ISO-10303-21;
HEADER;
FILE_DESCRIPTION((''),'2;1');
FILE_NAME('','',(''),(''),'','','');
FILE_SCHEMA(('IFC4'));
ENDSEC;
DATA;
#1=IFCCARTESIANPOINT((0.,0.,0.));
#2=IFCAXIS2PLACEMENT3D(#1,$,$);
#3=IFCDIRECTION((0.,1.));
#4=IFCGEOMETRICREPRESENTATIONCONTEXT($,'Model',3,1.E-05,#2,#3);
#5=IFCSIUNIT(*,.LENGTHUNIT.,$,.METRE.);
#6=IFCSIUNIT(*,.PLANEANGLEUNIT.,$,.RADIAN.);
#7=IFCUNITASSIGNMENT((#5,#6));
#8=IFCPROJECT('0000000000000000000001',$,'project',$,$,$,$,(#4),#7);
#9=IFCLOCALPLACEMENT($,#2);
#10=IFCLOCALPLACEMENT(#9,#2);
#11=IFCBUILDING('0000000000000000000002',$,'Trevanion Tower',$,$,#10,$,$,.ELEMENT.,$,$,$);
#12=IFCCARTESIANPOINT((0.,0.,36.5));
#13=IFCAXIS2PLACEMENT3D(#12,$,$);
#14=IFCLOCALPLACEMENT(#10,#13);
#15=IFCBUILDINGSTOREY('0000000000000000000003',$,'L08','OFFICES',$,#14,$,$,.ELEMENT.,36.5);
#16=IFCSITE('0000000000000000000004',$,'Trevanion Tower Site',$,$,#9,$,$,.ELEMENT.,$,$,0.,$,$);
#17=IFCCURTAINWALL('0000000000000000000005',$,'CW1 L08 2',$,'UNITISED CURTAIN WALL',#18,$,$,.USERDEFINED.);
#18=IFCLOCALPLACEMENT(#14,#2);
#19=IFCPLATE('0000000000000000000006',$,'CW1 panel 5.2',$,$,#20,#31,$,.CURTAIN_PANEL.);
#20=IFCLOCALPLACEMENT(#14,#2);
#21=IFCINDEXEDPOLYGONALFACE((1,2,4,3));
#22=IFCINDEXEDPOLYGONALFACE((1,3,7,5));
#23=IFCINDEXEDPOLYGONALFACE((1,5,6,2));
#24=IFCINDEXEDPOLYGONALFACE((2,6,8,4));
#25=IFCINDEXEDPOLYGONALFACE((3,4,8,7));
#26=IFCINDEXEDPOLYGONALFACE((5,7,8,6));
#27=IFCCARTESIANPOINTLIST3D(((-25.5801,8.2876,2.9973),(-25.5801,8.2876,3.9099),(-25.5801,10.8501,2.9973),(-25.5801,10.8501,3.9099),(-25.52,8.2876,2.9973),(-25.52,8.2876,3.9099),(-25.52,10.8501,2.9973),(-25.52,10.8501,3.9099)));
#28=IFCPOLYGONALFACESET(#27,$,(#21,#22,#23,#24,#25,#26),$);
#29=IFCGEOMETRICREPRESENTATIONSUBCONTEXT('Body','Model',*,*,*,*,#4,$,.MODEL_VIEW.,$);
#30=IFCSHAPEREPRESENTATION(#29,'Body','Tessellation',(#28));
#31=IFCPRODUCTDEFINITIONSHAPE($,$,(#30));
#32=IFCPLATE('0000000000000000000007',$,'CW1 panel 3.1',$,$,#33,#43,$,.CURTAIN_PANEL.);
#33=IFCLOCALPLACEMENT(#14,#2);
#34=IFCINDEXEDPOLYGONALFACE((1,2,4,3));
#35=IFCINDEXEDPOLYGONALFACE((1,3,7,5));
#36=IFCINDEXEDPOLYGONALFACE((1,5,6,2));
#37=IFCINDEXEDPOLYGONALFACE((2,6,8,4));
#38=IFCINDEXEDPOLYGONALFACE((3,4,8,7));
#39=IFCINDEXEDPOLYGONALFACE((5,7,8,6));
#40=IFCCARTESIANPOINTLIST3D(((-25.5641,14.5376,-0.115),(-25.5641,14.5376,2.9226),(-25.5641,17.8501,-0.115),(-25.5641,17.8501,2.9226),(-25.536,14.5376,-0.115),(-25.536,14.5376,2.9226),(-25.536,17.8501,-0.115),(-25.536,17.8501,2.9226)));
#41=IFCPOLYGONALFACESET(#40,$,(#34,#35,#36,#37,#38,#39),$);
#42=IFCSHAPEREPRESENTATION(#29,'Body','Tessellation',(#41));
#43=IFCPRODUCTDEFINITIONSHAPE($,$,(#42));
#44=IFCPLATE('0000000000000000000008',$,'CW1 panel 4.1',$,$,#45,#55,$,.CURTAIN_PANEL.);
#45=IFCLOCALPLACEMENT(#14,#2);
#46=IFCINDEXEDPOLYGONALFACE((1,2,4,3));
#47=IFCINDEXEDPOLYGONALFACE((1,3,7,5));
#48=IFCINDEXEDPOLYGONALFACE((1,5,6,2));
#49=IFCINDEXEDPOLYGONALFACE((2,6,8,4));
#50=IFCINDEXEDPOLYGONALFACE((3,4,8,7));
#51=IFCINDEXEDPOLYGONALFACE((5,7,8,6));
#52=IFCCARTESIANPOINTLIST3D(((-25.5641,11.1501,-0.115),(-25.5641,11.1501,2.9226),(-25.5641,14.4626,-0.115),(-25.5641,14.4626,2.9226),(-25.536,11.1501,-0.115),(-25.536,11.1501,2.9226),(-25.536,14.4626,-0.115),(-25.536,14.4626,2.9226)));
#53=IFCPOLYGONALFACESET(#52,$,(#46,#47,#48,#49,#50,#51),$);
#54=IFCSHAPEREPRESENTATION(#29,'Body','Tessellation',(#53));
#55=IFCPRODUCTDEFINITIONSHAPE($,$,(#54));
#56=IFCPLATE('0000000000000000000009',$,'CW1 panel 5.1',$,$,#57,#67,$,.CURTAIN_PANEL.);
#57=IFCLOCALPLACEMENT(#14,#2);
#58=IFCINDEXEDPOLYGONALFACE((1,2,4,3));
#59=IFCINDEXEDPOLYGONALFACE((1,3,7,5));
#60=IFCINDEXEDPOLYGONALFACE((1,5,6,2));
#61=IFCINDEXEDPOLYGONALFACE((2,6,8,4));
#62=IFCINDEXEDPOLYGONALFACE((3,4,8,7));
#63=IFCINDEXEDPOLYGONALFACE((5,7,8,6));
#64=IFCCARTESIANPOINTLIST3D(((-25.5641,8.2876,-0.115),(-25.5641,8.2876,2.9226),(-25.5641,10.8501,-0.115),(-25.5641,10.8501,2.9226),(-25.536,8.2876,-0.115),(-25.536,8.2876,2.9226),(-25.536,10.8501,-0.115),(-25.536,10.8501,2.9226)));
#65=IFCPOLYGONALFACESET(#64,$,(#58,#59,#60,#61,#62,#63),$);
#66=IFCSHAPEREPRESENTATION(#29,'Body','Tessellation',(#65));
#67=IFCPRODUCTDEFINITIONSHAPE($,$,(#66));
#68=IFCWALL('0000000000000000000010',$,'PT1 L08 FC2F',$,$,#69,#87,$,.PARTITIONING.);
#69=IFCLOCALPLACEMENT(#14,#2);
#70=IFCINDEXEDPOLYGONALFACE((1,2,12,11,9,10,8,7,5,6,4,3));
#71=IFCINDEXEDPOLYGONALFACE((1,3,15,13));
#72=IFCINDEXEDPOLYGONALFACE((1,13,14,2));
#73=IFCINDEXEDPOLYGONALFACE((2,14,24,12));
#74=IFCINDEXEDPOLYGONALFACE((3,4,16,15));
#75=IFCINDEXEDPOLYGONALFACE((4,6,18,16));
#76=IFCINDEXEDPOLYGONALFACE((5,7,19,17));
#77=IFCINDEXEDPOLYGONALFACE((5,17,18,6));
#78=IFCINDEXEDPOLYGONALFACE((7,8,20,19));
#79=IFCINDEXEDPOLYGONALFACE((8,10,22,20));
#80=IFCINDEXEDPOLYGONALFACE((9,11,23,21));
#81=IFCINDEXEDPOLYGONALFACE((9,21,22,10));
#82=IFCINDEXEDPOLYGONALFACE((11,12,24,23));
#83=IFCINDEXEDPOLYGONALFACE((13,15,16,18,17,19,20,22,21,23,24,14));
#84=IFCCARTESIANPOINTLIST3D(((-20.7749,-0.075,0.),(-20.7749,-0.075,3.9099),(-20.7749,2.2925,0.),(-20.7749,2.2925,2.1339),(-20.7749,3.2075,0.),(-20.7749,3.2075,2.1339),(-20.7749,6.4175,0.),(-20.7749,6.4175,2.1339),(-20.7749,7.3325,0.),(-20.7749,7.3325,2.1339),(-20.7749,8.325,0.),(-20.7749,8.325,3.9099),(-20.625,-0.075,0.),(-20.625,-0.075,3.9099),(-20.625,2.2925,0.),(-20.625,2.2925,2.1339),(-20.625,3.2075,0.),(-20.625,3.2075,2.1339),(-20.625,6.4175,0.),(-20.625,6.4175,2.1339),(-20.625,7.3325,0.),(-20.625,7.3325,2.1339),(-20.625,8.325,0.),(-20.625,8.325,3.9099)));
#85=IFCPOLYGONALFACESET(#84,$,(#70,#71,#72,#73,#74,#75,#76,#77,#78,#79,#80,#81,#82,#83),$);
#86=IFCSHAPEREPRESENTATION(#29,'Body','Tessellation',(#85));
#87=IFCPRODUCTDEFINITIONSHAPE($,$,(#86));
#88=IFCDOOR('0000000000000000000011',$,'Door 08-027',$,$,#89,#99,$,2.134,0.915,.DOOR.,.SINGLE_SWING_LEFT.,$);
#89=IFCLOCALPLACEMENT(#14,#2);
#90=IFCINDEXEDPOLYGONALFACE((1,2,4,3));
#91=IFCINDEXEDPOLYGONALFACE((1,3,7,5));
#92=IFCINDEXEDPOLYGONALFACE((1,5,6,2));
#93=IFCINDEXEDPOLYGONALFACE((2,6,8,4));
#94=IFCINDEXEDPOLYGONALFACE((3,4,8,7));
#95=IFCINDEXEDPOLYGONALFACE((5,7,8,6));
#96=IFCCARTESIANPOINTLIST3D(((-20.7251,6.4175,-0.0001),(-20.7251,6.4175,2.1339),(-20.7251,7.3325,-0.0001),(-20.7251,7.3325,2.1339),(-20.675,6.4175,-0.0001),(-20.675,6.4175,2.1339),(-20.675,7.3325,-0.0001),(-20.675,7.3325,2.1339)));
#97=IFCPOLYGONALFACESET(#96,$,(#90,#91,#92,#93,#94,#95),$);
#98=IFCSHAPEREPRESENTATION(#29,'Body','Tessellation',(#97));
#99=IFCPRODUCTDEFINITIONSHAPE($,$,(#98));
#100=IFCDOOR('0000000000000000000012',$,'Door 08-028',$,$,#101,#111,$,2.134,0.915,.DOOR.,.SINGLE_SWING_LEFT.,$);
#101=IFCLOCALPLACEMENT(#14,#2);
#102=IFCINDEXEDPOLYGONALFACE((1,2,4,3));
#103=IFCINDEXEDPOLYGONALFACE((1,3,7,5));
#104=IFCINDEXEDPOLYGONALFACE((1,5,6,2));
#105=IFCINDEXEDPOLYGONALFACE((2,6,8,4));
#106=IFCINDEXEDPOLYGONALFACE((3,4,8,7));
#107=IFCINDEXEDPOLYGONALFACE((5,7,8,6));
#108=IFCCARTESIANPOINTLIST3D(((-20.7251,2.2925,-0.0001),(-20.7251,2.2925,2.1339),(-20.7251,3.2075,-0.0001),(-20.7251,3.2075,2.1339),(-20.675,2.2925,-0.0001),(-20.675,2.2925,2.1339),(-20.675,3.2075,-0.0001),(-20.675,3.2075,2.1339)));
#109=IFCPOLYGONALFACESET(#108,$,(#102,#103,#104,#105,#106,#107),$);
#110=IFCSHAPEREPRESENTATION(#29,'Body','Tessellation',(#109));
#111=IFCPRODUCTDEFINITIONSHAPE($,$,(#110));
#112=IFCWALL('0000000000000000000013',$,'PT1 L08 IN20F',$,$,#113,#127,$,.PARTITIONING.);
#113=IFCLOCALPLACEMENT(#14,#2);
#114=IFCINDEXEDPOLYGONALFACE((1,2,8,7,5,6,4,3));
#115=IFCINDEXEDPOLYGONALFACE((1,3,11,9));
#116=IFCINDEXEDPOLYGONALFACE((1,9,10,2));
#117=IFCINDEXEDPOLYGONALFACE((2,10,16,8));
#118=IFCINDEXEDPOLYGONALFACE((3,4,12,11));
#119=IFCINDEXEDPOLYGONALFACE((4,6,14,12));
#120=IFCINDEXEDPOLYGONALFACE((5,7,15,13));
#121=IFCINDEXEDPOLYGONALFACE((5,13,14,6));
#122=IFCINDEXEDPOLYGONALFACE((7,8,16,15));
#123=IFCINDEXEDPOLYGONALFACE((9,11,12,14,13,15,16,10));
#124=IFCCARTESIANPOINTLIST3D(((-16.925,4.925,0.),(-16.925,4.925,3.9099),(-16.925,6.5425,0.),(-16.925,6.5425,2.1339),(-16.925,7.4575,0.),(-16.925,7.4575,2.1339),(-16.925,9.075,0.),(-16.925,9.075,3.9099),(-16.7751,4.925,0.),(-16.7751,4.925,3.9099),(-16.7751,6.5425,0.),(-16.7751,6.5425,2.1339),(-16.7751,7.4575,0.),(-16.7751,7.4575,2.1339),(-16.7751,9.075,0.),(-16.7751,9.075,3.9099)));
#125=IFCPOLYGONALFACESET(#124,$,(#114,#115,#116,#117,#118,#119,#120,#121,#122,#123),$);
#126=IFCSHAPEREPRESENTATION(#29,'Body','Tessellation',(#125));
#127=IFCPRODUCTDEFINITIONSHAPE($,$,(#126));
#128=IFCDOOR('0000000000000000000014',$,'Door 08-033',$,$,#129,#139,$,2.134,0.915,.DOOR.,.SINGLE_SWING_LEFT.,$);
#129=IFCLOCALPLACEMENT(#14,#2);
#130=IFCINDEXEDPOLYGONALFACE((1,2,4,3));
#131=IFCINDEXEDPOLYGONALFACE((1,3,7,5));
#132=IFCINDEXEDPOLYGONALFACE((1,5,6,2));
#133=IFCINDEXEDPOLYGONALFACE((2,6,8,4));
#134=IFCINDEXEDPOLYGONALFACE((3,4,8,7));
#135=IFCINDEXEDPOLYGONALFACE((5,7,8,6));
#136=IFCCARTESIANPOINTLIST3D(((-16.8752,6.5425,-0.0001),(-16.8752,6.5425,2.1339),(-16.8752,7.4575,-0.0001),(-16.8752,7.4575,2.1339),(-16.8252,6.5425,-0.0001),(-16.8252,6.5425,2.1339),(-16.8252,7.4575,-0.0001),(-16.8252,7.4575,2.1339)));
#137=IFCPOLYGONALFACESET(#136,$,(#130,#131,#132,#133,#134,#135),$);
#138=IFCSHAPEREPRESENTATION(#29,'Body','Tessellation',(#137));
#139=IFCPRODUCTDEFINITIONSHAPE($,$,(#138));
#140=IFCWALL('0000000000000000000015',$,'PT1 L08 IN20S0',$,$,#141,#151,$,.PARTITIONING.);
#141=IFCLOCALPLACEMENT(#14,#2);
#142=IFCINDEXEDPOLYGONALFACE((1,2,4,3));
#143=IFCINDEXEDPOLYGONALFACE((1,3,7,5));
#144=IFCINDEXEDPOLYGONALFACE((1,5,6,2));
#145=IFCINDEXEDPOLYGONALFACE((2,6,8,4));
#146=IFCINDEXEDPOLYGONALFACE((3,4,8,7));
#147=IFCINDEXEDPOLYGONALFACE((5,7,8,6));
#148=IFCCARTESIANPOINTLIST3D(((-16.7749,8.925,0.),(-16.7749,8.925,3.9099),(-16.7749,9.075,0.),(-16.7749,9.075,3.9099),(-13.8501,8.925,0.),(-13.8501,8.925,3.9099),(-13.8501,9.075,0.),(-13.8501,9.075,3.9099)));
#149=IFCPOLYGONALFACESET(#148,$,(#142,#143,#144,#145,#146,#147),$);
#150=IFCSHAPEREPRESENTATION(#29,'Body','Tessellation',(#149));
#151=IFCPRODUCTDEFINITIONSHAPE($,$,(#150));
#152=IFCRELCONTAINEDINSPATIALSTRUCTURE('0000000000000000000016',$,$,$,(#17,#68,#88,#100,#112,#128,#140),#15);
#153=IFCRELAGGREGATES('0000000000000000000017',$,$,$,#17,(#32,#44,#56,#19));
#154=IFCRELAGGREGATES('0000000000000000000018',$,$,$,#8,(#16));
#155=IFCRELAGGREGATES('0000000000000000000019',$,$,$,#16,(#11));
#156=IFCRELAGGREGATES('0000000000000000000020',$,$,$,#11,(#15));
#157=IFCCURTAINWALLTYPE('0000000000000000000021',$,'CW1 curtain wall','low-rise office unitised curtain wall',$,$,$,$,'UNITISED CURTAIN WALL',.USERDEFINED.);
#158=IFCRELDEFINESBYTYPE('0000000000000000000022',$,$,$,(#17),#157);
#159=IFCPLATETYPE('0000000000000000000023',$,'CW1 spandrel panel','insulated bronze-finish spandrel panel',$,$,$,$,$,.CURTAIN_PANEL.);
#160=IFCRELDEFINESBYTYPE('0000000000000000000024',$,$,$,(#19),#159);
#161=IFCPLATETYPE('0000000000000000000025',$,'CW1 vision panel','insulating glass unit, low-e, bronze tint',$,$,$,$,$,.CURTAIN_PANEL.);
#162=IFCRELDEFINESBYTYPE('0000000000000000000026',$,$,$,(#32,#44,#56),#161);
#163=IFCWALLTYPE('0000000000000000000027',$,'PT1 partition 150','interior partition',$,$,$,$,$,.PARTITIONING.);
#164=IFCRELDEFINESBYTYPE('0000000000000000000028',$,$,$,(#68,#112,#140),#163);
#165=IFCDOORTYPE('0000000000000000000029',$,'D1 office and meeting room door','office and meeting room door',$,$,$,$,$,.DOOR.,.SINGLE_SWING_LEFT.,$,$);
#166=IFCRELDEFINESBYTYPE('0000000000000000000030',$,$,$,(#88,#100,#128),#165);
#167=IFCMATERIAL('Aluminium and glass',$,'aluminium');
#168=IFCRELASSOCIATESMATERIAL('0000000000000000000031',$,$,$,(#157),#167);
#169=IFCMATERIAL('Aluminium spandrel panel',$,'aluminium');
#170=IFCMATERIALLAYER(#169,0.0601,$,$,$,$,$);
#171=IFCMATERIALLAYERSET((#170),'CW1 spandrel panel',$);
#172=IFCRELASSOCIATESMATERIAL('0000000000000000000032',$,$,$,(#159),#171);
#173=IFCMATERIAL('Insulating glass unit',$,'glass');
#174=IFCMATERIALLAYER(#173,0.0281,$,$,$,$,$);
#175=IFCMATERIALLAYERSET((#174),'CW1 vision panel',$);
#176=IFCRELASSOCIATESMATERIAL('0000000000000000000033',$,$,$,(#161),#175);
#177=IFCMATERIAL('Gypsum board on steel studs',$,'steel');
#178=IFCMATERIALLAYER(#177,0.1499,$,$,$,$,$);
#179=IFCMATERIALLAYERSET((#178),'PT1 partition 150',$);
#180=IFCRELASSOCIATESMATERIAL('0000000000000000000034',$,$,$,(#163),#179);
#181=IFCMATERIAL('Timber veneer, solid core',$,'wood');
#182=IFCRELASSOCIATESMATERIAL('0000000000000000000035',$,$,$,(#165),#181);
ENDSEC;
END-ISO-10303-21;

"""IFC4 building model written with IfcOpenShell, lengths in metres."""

from ifc_helpers import new_model, si_unit, direction, frame, frame_2d, origin, origin_2d, place, context, subcontext, project, spatial, rectangle, extrude, material, layer, layer_set, type_object, element, fill, aggregate, save


model = new_model("IFC4")

# Units and contexts
model_context = context("Model", 3, precision=1e-05, world=origin(), true_north=direction((0.0, 1.0)))
body_context = subcontext(model_context, "Body", "Model", "MODEL_VIEW")
ifc_project = project(units=[si_unit("LENGTHUNIT", "METRE"), si_unit("PLANEANGLEUNIT", "RADIAN")], contexts=[model_context])

# Site, building, storey
site_placement = place(None, origin())
site = spatial("IfcSite", under=ifc_project, at=site_placement, Name="Trevanion Tower Site", CompositionType="ELEMENT", RefElevation=0.0)
building_placement = place(site_placement, origin())
building = spatial("IfcBuilding", under=site, at=building_placement, Name="Trevanion Tower", CompositionType="ELEMENT")
storey_placement = place(building_placement, frame((0.0, 0.0, 36.5)))
storey = spatial("IfcBuildingStorey", under=building, at=storey_placement, Name="L08", Description="OFFICES", CompositionType="ELEMENT", Elevation=36.5)

# Curtain wall
ifc_material_1 = material(Name="Aluminium and glass", Category="aluminium")
curtain_wall_type = type_object("IfcCurtainWallType", Name="CW1 curtain wall", Description="low-rise office unitised curtain wall", ElementType="UNITISED CURTAIN WALL", PredefinedType="USERDEFINED", material=ifc_material_1)
curtain_wall_placement = place(storey_placement, origin())
curtain_wall = element("IfcCurtainWall", 1, at=curtain_wall_placement, inside=storey, type_object=curtain_wall_type, Name="CW1 L08 2", ObjectType="UNITISED CURTAIN WALL", PredefinedType="USERDEFINED")

# Plates
ifc_material_2 = material(Name="Aluminium spandrel panel", Category="aluminium")
ifc_layer_1 = layer(ifc_material_2, 0.0601)
ifc_layer_set_1 = layer_set([ifc_layer_1], Name="CW1 spandrel panel")
plate_type_1 = type_object("IfcPlateType", Name="CW1 spandrel panel", Description="insulated bronze-finish spandrel panel", PredefinedType="CURTAIN_PANEL", material=ifc_layer_set_1)
plate_1_placement = place(storey_placement, frame((-25.55, 9.5688, 2.9973), z_axis=(0.0, 0.0, 1.0), x_axis=(0.0, -1.0, 0.0)))
plate_1 = element("IfcPlate", 2, at=plate_1_placement, type_object=plate_type_1, Name="CW1 panel 5.2", PredefinedType="CURTAIN_PANEL", context=body_context, shape_type="SweptSolid", body=[
    extrude(rectangle(XDim=2.5625, YDim=0.0601, at=origin_2d()), origin(), (0.0, 0.0, 1.0), 0.9126),
])
ifc_material_3 = material(Name="Insulating glass unit", Category="glass")
ifc_layer_2 = layer(ifc_material_3, 0.0281)
ifc_layer_set_2 = layer_set([ifc_layer_2], Name="CW1 vision panel")
plate_type_2 = type_object("IfcPlateType", Name="CW1 vision panel", Description="insulating glass unit, low-e, bronze tint", PredefinedType="CURTAIN_PANEL", material=ifc_layer_set_2)
plate_2_placement = place(storey_placement, frame((-25.55, 16.1938, -0.115), z_axis=(0.0, 0.0, 1.0), x_axis=(0.0, -1.0, 0.0)))
plate_2 = element("IfcPlate", 3, at=plate_2_placement, type_object=plate_type_2, Name="CW1 panel 3.1", PredefinedType="CURTAIN_PANEL", context=body_context, shape_type="SweptSolid", body=[
    extrude(rectangle(XDim=3.3125, YDim=0.0281, at=origin_2d()), origin(), (0.0, 0.0, 1.0), 3.0376),
])
plate_3_placement = place(storey_placement, frame((-25.55, 12.8064, -0.115), z_axis=(0.0, 0.0, 1.0), x_axis=(0.0, -1.0, 0.0)))
plate_3 = element("IfcPlate", 4, at=plate_3_placement, type_object=plate_type_2, Name="CW1 panel 4.1", PredefinedType="CURTAIN_PANEL", context=body_context, shape_type="SweptSolid", body=[
    extrude(rectangle(XDim=3.3125, YDim=0.0281, at=origin_2d()), origin(), (0.0, 0.0, 1.0), 3.0376),
])
plate_4_placement = place(storey_placement, frame((-25.55, 9.5688, -0.115), z_axis=(0.0, 0.0, 1.0), x_axis=(0.0, -1.0, 0.0)))
plate_4 = element("IfcPlate", 5, at=plate_4_placement, type_object=plate_type_2, Name="CW1 panel 5.1", PredefinedType="CURTAIN_PANEL", context=body_context, shape_type="SweptSolid", body=[
    extrude(rectangle(XDim=2.5625, YDim=0.0281, at=origin_2d()), origin(), (0.0, 0.0, 1.0), 3.0376),
])
aggregate(curtain_wall, [plate_2, plate_3, plate_4, plate_1])

# Wall, openings, doors
ifc_material_4 = material(Name="Gypsum board on steel studs", Category="steel")
ifc_layer_3 = layer(ifc_material_4, 0.1499)
ifc_layer_set_3 = layer_set([ifc_layer_3], Name="PT1 partition 150")
wall_type = type_object("IfcWallType", Name="PT1 partition 150", Description="interior partition", PredefinedType="PARTITIONING", material=ifc_layer_set_3)
wall_1_placement = place(storey_placement, frame((-20.7, 8.325, 0.0), z_axis=(0.0, 0.0, 1.0), x_axis=(0.0, -1.0, 0.0)))
wall_1 = element("IfcWall", 6, at=wall_1_placement, inside=storey, type_object=wall_type, Name="PT1 L08 FC2F", PredefinedType="PARTITIONING", context=body_context, shape_type="SweptSolid", body=[
    extrude(rectangle(XDim=8.3999, YDim=0.1499, at=frame_2d((4.2, 0.0))), origin(), (0.0, 0.0, 1.0), 3.9099),
])
opening_1_placement = place(wall_1_placement, frame((0.9924, 0.0, 0.0)))
opening_1 = element("IfcOpeningElement", 7, at=opening_1_placement, cuts=wall_1, PredefinedType="OPENING", context=body_context, shape_type="SweptSolid", body=[
    extrude(rectangle(XDim=0.915, YDim=2.134, at=frame_2d((0.4575, 1.0669))), frame((0.0, 0.085, 0.0), z_axis=(0.0, -1.0, 0.0), x_axis=(1.0, 0.0, 0.0)), (0.0, 0.0, 1.0), 0.1699),
])
opening_2_placement = place(wall_1_placement, frame((5.1174, 0.0, 0.0)))
opening_2 = element("IfcOpeningElement", 8, at=opening_2_placement, cuts=wall_1, PredefinedType="OPENING", context=body_context, shape_type="SweptSolid", body=[
    extrude(rectangle(XDim=0.915, YDim=2.134, at=frame_2d((0.4575, 1.0669))), frame((0.0, 0.085, 0.0), z_axis=(0.0, -1.0, 0.0), x_axis=(1.0, 0.0, 0.0)), (0.0, 0.0, 1.0), 0.1699),
])
ifc_material_5 = material(Name="Timber veneer, solid core", Category="wood")
door_type = type_object("IfcDoorType", Name="D1 office and meeting room door", Description="office and meeting room door", OperationType="SINGLE_SWING_LEFT", PredefinedType="DOOR", material=ifc_material_5)
door_1_placement = place(opening_1_placement, origin())
door_1 = element("IfcDoor", 9, at=door_1_placement, inside=storey, type_object=door_type, Name="Door 08-027", OperationType="SINGLE_SWING_LEFT", OverallHeight=2.134, OverallWidth=0.915, PredefinedType="DOOR", context=body_context, shape_type="SweptSolid", body=[
    extrude(rectangle(XDim=0.915, YDim=2.134, at=frame_2d((0.4575, 1.0669))), frame((0.0, 0.0249, 0.0), z_axis=(0.0, -1.0, 0.0), x_axis=(1.0, 0.0, 0.0)), (0.0, 0.0, 1.0), 0.05),
])
fill(opening_1, door_1)
door_2_placement = place(opening_2_placement, origin())
door_2 = element("IfcDoor", 10, at=door_2_placement, inside=storey, type_object=door_type, Name="Door 08-028", OperationType="SINGLE_SWING_LEFT", OverallHeight=2.134, OverallWidth=0.915, PredefinedType="DOOR", context=body_context, shape_type="SweptSolid", body=[
    extrude(rectangle(XDim=0.915, YDim=2.134, at=frame_2d((0.4575, 1.0669))), frame((0.0, 0.0249, 0.0), z_axis=(0.0, -1.0, 0.0), x_axis=(1.0, 0.0, 0.0)), (0.0, 0.0, 1.0), 0.05),
])
fill(opening_2, door_2)

# Wall, opening, door
wall_2_placement = place(storey_placement, frame((-16.8501, 9.075, 0.0), z_axis=(0.0, 0.0, 1.0), x_axis=(0.0, -1.0, 0.0)))
wall_2 = element("IfcWall", 11, at=wall_2_placement, inside=storey, type_object=wall_type, Name="PT1 L08 IN20F", PredefinedType="PARTITIONING", context=body_context, shape_type="SweptSolid", body=[
    extrude(rectangle(XDim=4.1499, YDim=0.1499, at=frame_2d((2.075, 0.0))), origin(), (0.0, 0.0, 1.0), 3.9099),
])
opening_3_placement = place(wall_2_placement, frame((1.6174, 0.0, 0.0)))
opening_3 = element("IfcOpeningElement", 12, at=opening_3_placement, cuts=wall_2, PredefinedType="OPENING", context=body_context, shape_type="SweptSolid", body=[
    extrude(rectangle(XDim=0.915, YDim=2.134, at=frame_2d((0.4575, 1.0669))), frame((0.0, 0.085, 0.0), z_axis=(0.0, -1.0, 0.0), x_axis=(1.0, 0.0, 0.0)), (0.0, 0.0, 1.0), 0.1699),
])
door_3_placement = place(opening_3_placement, origin())
door_3 = element("IfcDoor", 13, at=door_3_placement, inside=storey, type_object=door_type, Name="Door 08-033", OperationType="SINGLE_SWING_LEFT", OverallHeight=2.134, OverallWidth=0.915, PredefinedType="DOOR", context=body_context, shape_type="SweptSolid", body=[
    extrude(rectangle(XDim=0.915, YDim=2.134, at=frame_2d((0.4575, 1.0669))), frame((0.0, 0.0249, 0.0), z_axis=(0.0, -1.0, 0.0), x_axis=(1.0, 0.0, 0.0)), (0.0, 0.0, 1.0), 0.05),
])
fill(opening_3, door_3)

# Wall
wall_3_placement = place(storey_placement, frame((-16.7749, 9.0, 0.0), z_axis=(0.0, 0.0, 1.0), x_axis=(1.0, 0.0, 0.0)))
element("IfcWall", 14, at=wall_3_placement, inside=storey, type_object=wall_type, Name="PT1 L08 IN20S0", PredefinedType="PARTITIONING", context=body_context, shape_type="SweptSolid", body=[
    extrude(rectangle(XDim=2.9248, YDim=0.1499, at=frame_2d((1.4624, 0.0))), origin(), (0.0, 0.0, 1.0), 3.9099),
])

save(model, "model.ifc")
